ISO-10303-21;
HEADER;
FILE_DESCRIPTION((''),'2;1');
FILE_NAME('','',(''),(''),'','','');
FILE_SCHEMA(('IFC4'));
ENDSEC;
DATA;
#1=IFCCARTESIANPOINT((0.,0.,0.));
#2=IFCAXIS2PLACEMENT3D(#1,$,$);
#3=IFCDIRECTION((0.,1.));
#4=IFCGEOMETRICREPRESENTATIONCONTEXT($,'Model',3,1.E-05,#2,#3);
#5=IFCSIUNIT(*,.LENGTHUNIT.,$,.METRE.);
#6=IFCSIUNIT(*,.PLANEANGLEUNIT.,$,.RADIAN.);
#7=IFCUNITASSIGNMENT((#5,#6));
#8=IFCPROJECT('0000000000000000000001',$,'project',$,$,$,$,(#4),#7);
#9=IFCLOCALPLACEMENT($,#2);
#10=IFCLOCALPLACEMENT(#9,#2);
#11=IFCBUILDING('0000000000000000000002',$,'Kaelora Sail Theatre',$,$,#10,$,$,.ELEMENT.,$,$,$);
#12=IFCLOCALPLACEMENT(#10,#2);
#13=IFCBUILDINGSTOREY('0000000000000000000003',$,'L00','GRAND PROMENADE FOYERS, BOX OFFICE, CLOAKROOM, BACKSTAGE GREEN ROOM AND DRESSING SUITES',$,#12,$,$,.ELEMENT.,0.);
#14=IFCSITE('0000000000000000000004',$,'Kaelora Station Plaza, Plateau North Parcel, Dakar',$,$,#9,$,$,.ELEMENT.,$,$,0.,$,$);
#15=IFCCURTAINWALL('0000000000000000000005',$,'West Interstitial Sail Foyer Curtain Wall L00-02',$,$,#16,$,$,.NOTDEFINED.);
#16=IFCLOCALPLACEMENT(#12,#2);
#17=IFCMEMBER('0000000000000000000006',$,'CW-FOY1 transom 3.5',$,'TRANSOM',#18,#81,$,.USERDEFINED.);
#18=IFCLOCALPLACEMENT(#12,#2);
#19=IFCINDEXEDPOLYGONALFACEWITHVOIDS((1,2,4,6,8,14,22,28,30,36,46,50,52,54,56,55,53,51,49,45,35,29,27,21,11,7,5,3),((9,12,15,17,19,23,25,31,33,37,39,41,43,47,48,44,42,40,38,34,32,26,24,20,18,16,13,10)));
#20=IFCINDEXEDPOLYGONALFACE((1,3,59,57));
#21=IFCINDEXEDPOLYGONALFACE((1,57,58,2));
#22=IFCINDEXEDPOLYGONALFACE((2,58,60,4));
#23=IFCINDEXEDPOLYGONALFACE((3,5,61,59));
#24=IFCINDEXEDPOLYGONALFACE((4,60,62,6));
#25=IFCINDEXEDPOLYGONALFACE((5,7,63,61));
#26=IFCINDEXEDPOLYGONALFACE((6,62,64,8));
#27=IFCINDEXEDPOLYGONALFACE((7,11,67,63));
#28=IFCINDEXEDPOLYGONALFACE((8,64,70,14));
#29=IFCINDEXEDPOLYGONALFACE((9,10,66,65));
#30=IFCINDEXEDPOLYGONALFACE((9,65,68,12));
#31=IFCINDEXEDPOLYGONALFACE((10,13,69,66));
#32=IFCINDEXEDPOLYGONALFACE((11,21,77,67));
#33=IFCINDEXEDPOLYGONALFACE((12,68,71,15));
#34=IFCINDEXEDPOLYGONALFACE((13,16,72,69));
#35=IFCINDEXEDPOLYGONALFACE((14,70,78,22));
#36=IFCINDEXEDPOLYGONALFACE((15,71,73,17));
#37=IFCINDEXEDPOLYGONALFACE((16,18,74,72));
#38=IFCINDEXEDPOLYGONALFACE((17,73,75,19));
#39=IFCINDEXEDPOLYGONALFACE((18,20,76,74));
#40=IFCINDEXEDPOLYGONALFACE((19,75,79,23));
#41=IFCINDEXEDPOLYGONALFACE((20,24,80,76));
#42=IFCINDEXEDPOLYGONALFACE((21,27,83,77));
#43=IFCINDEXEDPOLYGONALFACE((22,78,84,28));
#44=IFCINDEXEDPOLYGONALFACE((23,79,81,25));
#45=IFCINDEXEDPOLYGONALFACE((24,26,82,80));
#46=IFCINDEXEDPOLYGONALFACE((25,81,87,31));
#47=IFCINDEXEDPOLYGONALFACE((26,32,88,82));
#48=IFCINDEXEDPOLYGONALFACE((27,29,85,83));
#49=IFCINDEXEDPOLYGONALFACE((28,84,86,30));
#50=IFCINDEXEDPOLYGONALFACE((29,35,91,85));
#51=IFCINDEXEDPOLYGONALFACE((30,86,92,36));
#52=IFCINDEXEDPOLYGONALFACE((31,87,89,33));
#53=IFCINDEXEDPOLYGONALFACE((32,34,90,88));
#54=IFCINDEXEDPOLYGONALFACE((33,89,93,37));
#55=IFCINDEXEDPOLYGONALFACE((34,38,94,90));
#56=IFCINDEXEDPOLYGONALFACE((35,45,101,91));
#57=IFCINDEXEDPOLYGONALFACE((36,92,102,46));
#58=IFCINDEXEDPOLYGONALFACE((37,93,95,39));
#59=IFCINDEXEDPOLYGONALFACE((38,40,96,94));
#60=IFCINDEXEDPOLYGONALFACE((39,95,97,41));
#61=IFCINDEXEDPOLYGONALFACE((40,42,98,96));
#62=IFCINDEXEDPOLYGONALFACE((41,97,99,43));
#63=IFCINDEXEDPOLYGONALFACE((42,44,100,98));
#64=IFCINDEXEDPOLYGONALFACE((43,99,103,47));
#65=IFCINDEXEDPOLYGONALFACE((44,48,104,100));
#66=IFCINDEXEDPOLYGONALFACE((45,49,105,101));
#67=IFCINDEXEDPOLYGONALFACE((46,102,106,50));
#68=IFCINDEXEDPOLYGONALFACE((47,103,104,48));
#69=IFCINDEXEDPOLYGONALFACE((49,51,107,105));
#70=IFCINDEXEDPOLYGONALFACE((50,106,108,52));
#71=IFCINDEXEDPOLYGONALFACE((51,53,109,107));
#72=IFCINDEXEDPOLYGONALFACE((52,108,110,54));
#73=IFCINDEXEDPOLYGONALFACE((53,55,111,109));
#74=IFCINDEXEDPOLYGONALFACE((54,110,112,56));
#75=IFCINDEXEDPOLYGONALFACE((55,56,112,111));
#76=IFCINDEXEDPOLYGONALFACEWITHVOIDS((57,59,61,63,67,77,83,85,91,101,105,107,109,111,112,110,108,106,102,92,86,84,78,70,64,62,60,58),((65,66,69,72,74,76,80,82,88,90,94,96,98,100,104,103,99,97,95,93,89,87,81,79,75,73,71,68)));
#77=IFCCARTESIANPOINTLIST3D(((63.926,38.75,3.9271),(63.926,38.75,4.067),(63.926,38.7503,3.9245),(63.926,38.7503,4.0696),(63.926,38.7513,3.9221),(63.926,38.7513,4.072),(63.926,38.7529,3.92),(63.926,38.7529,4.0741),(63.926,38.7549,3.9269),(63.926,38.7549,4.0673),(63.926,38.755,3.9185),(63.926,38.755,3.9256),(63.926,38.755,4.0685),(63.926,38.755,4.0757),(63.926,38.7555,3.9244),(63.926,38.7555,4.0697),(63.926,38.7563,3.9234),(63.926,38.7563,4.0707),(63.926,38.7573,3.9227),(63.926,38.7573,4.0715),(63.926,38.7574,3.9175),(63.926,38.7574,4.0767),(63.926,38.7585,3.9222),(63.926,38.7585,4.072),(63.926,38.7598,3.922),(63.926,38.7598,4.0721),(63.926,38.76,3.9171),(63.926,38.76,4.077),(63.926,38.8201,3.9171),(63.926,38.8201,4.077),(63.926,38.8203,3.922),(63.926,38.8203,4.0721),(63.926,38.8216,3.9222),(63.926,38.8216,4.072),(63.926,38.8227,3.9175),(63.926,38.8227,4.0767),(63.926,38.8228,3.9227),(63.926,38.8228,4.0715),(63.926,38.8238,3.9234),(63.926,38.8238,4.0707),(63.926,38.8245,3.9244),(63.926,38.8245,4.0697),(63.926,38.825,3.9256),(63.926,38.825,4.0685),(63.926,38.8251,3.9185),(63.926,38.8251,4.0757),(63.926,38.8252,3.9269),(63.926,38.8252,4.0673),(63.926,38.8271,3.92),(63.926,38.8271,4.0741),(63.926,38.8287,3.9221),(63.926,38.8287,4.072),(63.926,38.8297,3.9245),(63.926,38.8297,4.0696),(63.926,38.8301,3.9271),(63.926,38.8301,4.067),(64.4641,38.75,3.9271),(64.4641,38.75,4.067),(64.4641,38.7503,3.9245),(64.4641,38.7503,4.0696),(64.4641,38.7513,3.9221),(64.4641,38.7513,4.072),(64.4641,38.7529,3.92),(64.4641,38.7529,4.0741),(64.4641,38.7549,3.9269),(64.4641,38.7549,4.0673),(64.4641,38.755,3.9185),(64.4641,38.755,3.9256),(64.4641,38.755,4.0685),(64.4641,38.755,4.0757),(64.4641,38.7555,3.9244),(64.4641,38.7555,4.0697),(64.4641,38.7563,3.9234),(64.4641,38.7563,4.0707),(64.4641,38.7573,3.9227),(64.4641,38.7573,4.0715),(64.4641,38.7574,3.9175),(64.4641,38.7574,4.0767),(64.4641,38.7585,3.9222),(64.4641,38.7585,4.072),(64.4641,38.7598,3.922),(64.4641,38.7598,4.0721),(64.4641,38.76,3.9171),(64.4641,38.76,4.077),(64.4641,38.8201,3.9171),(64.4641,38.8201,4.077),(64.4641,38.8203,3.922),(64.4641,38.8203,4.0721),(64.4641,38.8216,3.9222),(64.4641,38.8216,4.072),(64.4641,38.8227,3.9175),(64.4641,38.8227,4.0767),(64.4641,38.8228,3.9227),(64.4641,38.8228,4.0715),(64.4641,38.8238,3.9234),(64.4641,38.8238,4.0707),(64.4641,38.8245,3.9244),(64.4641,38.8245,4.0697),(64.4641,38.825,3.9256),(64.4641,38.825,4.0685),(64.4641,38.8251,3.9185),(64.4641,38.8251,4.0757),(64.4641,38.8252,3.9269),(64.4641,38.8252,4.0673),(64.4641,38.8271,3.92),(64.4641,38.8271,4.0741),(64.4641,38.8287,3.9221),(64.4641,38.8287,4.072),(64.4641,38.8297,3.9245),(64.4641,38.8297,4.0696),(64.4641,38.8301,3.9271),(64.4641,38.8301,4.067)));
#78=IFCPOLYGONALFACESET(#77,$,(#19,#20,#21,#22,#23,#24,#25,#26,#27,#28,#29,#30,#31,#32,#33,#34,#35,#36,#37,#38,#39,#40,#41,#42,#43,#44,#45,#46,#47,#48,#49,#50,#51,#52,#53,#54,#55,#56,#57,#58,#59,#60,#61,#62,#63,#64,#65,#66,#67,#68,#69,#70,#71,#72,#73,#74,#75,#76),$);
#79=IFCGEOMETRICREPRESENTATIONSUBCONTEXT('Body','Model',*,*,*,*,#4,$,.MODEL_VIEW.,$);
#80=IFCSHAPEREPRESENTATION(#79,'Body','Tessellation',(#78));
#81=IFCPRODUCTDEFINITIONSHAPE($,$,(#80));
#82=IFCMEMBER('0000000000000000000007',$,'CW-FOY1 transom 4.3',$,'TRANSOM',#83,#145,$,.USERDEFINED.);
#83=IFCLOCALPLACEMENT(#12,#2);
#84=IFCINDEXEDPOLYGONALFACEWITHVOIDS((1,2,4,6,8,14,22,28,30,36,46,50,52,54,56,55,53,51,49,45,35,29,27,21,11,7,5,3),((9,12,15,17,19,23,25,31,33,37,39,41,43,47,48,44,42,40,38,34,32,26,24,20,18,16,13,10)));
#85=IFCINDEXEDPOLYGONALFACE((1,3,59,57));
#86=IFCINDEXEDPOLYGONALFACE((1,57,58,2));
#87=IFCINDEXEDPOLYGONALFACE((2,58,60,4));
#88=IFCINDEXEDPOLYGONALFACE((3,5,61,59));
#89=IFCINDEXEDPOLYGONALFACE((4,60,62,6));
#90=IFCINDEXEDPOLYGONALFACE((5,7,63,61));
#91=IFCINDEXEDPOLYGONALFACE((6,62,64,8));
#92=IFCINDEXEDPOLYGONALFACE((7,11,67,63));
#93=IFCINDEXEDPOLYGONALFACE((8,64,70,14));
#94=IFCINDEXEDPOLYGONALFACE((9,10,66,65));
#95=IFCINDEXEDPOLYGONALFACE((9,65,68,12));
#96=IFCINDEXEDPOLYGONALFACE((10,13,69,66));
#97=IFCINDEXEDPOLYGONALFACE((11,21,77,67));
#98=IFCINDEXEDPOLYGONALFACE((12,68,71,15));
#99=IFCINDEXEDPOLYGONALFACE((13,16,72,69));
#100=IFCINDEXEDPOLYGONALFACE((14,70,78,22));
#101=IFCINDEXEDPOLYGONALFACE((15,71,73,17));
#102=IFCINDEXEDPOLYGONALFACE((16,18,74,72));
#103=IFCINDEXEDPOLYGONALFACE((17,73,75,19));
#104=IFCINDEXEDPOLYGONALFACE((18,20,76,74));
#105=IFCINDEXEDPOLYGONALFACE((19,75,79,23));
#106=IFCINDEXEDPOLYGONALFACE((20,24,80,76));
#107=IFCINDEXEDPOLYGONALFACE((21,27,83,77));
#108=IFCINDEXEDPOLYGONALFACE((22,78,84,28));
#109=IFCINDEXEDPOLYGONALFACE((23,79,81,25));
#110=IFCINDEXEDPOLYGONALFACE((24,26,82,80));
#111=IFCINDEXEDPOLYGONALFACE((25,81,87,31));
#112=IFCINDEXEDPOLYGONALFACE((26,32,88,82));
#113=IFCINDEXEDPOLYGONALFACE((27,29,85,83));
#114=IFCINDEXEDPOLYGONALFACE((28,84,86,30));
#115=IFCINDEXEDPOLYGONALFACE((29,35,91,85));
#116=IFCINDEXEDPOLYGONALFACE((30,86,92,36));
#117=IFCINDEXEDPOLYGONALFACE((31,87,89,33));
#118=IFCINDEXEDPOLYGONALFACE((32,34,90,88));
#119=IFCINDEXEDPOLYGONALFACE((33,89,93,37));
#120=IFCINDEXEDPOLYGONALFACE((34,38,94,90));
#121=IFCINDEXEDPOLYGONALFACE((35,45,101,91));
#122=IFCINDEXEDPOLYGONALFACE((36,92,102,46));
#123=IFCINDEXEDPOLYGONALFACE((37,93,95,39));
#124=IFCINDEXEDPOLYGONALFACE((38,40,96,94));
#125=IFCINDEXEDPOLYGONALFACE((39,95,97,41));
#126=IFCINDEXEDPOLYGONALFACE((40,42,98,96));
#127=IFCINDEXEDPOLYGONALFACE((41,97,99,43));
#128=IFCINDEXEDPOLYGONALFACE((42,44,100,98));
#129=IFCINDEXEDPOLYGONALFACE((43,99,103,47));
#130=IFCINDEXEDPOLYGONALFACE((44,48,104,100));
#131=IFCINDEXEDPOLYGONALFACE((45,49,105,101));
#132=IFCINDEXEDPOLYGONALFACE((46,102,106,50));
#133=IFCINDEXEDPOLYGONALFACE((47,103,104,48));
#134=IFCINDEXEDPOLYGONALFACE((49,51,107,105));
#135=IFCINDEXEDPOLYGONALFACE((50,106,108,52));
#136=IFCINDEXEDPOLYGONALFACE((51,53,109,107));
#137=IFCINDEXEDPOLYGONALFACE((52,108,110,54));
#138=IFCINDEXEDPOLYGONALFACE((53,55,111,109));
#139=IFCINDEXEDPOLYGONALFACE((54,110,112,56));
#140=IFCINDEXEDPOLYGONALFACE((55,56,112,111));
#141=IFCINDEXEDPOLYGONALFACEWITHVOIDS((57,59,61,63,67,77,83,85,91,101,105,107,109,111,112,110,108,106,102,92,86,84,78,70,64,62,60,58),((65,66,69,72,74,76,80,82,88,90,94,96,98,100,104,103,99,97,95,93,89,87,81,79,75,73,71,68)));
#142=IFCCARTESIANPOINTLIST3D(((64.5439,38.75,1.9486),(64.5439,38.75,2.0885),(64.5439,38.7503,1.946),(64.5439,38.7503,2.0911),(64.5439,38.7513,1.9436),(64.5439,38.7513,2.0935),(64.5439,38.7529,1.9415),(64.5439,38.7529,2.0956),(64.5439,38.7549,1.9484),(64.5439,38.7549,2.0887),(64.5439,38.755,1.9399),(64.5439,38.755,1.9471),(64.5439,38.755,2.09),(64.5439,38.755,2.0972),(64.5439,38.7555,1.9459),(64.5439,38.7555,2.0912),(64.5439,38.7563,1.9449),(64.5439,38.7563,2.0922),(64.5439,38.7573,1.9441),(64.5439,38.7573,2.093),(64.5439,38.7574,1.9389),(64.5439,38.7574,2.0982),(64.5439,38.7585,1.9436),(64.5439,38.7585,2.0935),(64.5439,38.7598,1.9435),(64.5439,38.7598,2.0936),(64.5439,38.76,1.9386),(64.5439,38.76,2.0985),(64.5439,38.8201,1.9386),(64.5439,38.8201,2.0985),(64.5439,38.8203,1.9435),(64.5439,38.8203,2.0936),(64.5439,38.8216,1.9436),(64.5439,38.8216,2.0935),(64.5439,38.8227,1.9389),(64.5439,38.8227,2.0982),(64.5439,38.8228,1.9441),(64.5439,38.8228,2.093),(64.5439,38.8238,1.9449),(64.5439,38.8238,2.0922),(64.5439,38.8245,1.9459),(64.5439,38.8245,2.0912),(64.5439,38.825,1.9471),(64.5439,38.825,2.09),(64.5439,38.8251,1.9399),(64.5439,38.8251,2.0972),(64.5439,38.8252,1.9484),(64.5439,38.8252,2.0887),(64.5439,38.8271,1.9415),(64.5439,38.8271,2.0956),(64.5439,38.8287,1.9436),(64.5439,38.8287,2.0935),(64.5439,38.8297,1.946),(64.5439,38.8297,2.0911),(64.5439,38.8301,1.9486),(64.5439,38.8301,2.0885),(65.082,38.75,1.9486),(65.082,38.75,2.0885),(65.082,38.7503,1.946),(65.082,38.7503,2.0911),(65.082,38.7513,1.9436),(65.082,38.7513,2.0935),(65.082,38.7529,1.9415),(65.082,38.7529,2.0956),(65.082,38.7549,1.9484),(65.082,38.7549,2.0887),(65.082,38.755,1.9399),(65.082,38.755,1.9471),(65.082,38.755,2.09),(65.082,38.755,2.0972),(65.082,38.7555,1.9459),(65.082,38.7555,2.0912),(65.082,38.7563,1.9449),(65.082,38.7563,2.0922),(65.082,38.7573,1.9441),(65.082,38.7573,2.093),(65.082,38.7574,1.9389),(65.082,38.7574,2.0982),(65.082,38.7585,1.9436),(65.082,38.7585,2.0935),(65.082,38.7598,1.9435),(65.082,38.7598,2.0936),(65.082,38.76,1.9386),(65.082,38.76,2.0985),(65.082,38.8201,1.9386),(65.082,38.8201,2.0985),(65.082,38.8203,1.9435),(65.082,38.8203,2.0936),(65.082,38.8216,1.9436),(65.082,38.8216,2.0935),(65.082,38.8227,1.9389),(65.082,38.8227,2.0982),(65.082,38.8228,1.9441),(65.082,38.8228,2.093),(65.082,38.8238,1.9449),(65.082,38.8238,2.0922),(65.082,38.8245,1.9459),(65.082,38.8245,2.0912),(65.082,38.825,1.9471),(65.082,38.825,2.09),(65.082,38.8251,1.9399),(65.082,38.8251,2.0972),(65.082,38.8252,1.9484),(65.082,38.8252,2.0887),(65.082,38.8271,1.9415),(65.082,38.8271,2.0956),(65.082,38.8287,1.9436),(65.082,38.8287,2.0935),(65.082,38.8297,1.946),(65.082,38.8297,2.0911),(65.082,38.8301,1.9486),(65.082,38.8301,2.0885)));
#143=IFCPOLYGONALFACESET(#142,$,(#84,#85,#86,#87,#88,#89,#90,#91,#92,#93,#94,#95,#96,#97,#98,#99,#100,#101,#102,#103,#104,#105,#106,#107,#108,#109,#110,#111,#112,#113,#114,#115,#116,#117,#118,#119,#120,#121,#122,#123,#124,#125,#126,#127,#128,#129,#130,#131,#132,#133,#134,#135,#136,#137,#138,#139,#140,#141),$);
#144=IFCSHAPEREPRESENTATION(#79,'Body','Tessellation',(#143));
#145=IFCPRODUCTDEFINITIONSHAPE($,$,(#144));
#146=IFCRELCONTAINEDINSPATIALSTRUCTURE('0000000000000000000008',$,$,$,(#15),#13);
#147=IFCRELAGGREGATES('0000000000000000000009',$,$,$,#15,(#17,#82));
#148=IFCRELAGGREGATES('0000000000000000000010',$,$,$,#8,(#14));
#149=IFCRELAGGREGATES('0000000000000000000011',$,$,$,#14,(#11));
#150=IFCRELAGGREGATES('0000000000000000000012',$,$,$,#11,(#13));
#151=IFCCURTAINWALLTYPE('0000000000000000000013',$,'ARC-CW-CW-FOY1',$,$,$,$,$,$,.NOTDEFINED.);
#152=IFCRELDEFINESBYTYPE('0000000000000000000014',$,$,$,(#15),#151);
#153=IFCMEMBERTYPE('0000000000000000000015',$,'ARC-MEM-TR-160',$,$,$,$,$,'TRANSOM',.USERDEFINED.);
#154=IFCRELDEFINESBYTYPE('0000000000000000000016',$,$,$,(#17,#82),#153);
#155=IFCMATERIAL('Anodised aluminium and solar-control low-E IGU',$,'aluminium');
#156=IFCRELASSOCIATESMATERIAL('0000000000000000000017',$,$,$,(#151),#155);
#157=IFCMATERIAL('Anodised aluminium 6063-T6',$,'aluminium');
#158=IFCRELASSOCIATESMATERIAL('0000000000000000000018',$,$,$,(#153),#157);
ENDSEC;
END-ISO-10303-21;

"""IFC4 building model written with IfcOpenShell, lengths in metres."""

from ifc_helpers import new_model, si_unit, direction, frame, origin, origin_2d, place, context, subcontext, project, spatial, hollow_rectangle, extrude, material, material_profile, profile_set, type_object, element, aggregate, save


model = new_model("IFC4")

# Units and contexts
model_context = context("Model", 3, precision=1e-05, world=origin(), true_north=direction((0.0, 1.0)))
body_context = subcontext(model_context, "Body", "Model", "MODEL_VIEW")
ifc_project = project(units=[si_unit("LENGTHUNIT", "METRE"), si_unit("PLANEANGLEUNIT", "RADIAN")], contexts=[model_context])

# Site, building, storey
site_placement = place(None, origin())
site = spatial("IfcSite", under=ifc_project, at=site_placement, Name="Kaelora Station Plaza, Plateau North Parcel, Dakar", CompositionType="ELEMENT", RefElevation=0.0)
building_placement = place(site_placement, origin())
building = spatial("IfcBuilding", under=site, at=building_placement, Name="Kaelora Sail Theatre", CompositionType="ELEMENT")
storey_placement = place(building_placement, origin())
storey = spatial("IfcBuildingStorey", under=building, at=storey_placement, Name="L00", Description="GRAND PROMENADE FOYERS, BOX OFFICE, CLOAKROOM, BACKSTAGE GREEN ROOM AND DRESSING SUITES", CompositionType="ELEMENT", Elevation=0.0)

# Curtain wall, members
ifc_material_1 = material(Name="Anodised aluminium and solar-control low-E IGU", Category="aluminium")
curtain_wall_type = type_object("IfcCurtainWallType", Name="ARC-CW-CW-FOY1", PredefinedType="NOTDEFINED", material=ifc_material_1)
curtain_wall_1_placement = place(storey_placement, origin())
curtain_wall_1 = element("IfcCurtainWall", 1, at=curtain_wall_1_placement, inside=storey, type_object=curtain_wall_type, Name="West Interstitial Sail Foyer Curtain Wall L00-02", PredefinedType="NOTDEFINED")
ifc_material_2 = material(Name="Anodised aluminium 6063-T6", Category="aluminium")
ifc_material_profile = material_profile(ifc_material_2, hollow_rectangle(XDim=0.0801, YDim=0.1599, WallThickness=0.0049, InnerFilletRadius=0.0049, OuterFilletRadius=0.01, at=origin_2d()), Name="ALU-TRAN 80x160x5")
ifc_profile_set = profile_set([ifc_material_profile], Name="Anodised aluminium 6063-T6")
member_type = type_object("IfcMemberType", Name="ARC-MEM-TR-160", ElementType="TRANSOM", PredefinedType="USERDEFINED", material=ifc_profile_set)
member_1_placement = place(storey_placement, frame((63.926, 38.79, 3.9971), z_axis=(1.0, 0.0, 0.0), x_axis=(0.0, 1.0, 0.0)))
member_1 = element("IfcMember", 2, at=member_1_placement, type_object=member_type, Name="CW-FOY1 transom 3.5", ObjectType="TRANSOM", PredefinedType="USERDEFINED", context=body_context, shape_type="SweptSolid", body=[
    extrude(hollow_rectangle(XDim=0.0801, YDim=0.1599, WallThickness=0.0049, InnerFilletRadius=0.0049, OuterFilletRadius=0.01, at=origin_2d()), origin(), (0.0, 0.0, 1.0), 0.5381),
])
member_2_placement = place(storey_placement, frame((64.5439, 38.79, 2.0186), z_axis=(1.0, 0.0, 0.0), x_axis=(0.0, 1.0, 0.0)))
member_2 = element("IfcMember", 3, at=member_2_placement, type_object=member_type, Name="CW-FOY1 transom 4.3", ObjectType="TRANSOM", PredefinedType="USERDEFINED", context=body_context, shape_type="SweptSolid", body=[
    extrude(hollow_rectangle(XDim=0.0801, YDim=0.1599, WallThickness=0.0049, InnerFilletRadius=0.0049, OuterFilletRadius=0.01, at=origin_2d()), origin(), (0.0, 0.0, 1.0), 0.5381),
])

aggregate(curtain_wall_1, [member_1, member_2])

save(model, "model.ifc")
